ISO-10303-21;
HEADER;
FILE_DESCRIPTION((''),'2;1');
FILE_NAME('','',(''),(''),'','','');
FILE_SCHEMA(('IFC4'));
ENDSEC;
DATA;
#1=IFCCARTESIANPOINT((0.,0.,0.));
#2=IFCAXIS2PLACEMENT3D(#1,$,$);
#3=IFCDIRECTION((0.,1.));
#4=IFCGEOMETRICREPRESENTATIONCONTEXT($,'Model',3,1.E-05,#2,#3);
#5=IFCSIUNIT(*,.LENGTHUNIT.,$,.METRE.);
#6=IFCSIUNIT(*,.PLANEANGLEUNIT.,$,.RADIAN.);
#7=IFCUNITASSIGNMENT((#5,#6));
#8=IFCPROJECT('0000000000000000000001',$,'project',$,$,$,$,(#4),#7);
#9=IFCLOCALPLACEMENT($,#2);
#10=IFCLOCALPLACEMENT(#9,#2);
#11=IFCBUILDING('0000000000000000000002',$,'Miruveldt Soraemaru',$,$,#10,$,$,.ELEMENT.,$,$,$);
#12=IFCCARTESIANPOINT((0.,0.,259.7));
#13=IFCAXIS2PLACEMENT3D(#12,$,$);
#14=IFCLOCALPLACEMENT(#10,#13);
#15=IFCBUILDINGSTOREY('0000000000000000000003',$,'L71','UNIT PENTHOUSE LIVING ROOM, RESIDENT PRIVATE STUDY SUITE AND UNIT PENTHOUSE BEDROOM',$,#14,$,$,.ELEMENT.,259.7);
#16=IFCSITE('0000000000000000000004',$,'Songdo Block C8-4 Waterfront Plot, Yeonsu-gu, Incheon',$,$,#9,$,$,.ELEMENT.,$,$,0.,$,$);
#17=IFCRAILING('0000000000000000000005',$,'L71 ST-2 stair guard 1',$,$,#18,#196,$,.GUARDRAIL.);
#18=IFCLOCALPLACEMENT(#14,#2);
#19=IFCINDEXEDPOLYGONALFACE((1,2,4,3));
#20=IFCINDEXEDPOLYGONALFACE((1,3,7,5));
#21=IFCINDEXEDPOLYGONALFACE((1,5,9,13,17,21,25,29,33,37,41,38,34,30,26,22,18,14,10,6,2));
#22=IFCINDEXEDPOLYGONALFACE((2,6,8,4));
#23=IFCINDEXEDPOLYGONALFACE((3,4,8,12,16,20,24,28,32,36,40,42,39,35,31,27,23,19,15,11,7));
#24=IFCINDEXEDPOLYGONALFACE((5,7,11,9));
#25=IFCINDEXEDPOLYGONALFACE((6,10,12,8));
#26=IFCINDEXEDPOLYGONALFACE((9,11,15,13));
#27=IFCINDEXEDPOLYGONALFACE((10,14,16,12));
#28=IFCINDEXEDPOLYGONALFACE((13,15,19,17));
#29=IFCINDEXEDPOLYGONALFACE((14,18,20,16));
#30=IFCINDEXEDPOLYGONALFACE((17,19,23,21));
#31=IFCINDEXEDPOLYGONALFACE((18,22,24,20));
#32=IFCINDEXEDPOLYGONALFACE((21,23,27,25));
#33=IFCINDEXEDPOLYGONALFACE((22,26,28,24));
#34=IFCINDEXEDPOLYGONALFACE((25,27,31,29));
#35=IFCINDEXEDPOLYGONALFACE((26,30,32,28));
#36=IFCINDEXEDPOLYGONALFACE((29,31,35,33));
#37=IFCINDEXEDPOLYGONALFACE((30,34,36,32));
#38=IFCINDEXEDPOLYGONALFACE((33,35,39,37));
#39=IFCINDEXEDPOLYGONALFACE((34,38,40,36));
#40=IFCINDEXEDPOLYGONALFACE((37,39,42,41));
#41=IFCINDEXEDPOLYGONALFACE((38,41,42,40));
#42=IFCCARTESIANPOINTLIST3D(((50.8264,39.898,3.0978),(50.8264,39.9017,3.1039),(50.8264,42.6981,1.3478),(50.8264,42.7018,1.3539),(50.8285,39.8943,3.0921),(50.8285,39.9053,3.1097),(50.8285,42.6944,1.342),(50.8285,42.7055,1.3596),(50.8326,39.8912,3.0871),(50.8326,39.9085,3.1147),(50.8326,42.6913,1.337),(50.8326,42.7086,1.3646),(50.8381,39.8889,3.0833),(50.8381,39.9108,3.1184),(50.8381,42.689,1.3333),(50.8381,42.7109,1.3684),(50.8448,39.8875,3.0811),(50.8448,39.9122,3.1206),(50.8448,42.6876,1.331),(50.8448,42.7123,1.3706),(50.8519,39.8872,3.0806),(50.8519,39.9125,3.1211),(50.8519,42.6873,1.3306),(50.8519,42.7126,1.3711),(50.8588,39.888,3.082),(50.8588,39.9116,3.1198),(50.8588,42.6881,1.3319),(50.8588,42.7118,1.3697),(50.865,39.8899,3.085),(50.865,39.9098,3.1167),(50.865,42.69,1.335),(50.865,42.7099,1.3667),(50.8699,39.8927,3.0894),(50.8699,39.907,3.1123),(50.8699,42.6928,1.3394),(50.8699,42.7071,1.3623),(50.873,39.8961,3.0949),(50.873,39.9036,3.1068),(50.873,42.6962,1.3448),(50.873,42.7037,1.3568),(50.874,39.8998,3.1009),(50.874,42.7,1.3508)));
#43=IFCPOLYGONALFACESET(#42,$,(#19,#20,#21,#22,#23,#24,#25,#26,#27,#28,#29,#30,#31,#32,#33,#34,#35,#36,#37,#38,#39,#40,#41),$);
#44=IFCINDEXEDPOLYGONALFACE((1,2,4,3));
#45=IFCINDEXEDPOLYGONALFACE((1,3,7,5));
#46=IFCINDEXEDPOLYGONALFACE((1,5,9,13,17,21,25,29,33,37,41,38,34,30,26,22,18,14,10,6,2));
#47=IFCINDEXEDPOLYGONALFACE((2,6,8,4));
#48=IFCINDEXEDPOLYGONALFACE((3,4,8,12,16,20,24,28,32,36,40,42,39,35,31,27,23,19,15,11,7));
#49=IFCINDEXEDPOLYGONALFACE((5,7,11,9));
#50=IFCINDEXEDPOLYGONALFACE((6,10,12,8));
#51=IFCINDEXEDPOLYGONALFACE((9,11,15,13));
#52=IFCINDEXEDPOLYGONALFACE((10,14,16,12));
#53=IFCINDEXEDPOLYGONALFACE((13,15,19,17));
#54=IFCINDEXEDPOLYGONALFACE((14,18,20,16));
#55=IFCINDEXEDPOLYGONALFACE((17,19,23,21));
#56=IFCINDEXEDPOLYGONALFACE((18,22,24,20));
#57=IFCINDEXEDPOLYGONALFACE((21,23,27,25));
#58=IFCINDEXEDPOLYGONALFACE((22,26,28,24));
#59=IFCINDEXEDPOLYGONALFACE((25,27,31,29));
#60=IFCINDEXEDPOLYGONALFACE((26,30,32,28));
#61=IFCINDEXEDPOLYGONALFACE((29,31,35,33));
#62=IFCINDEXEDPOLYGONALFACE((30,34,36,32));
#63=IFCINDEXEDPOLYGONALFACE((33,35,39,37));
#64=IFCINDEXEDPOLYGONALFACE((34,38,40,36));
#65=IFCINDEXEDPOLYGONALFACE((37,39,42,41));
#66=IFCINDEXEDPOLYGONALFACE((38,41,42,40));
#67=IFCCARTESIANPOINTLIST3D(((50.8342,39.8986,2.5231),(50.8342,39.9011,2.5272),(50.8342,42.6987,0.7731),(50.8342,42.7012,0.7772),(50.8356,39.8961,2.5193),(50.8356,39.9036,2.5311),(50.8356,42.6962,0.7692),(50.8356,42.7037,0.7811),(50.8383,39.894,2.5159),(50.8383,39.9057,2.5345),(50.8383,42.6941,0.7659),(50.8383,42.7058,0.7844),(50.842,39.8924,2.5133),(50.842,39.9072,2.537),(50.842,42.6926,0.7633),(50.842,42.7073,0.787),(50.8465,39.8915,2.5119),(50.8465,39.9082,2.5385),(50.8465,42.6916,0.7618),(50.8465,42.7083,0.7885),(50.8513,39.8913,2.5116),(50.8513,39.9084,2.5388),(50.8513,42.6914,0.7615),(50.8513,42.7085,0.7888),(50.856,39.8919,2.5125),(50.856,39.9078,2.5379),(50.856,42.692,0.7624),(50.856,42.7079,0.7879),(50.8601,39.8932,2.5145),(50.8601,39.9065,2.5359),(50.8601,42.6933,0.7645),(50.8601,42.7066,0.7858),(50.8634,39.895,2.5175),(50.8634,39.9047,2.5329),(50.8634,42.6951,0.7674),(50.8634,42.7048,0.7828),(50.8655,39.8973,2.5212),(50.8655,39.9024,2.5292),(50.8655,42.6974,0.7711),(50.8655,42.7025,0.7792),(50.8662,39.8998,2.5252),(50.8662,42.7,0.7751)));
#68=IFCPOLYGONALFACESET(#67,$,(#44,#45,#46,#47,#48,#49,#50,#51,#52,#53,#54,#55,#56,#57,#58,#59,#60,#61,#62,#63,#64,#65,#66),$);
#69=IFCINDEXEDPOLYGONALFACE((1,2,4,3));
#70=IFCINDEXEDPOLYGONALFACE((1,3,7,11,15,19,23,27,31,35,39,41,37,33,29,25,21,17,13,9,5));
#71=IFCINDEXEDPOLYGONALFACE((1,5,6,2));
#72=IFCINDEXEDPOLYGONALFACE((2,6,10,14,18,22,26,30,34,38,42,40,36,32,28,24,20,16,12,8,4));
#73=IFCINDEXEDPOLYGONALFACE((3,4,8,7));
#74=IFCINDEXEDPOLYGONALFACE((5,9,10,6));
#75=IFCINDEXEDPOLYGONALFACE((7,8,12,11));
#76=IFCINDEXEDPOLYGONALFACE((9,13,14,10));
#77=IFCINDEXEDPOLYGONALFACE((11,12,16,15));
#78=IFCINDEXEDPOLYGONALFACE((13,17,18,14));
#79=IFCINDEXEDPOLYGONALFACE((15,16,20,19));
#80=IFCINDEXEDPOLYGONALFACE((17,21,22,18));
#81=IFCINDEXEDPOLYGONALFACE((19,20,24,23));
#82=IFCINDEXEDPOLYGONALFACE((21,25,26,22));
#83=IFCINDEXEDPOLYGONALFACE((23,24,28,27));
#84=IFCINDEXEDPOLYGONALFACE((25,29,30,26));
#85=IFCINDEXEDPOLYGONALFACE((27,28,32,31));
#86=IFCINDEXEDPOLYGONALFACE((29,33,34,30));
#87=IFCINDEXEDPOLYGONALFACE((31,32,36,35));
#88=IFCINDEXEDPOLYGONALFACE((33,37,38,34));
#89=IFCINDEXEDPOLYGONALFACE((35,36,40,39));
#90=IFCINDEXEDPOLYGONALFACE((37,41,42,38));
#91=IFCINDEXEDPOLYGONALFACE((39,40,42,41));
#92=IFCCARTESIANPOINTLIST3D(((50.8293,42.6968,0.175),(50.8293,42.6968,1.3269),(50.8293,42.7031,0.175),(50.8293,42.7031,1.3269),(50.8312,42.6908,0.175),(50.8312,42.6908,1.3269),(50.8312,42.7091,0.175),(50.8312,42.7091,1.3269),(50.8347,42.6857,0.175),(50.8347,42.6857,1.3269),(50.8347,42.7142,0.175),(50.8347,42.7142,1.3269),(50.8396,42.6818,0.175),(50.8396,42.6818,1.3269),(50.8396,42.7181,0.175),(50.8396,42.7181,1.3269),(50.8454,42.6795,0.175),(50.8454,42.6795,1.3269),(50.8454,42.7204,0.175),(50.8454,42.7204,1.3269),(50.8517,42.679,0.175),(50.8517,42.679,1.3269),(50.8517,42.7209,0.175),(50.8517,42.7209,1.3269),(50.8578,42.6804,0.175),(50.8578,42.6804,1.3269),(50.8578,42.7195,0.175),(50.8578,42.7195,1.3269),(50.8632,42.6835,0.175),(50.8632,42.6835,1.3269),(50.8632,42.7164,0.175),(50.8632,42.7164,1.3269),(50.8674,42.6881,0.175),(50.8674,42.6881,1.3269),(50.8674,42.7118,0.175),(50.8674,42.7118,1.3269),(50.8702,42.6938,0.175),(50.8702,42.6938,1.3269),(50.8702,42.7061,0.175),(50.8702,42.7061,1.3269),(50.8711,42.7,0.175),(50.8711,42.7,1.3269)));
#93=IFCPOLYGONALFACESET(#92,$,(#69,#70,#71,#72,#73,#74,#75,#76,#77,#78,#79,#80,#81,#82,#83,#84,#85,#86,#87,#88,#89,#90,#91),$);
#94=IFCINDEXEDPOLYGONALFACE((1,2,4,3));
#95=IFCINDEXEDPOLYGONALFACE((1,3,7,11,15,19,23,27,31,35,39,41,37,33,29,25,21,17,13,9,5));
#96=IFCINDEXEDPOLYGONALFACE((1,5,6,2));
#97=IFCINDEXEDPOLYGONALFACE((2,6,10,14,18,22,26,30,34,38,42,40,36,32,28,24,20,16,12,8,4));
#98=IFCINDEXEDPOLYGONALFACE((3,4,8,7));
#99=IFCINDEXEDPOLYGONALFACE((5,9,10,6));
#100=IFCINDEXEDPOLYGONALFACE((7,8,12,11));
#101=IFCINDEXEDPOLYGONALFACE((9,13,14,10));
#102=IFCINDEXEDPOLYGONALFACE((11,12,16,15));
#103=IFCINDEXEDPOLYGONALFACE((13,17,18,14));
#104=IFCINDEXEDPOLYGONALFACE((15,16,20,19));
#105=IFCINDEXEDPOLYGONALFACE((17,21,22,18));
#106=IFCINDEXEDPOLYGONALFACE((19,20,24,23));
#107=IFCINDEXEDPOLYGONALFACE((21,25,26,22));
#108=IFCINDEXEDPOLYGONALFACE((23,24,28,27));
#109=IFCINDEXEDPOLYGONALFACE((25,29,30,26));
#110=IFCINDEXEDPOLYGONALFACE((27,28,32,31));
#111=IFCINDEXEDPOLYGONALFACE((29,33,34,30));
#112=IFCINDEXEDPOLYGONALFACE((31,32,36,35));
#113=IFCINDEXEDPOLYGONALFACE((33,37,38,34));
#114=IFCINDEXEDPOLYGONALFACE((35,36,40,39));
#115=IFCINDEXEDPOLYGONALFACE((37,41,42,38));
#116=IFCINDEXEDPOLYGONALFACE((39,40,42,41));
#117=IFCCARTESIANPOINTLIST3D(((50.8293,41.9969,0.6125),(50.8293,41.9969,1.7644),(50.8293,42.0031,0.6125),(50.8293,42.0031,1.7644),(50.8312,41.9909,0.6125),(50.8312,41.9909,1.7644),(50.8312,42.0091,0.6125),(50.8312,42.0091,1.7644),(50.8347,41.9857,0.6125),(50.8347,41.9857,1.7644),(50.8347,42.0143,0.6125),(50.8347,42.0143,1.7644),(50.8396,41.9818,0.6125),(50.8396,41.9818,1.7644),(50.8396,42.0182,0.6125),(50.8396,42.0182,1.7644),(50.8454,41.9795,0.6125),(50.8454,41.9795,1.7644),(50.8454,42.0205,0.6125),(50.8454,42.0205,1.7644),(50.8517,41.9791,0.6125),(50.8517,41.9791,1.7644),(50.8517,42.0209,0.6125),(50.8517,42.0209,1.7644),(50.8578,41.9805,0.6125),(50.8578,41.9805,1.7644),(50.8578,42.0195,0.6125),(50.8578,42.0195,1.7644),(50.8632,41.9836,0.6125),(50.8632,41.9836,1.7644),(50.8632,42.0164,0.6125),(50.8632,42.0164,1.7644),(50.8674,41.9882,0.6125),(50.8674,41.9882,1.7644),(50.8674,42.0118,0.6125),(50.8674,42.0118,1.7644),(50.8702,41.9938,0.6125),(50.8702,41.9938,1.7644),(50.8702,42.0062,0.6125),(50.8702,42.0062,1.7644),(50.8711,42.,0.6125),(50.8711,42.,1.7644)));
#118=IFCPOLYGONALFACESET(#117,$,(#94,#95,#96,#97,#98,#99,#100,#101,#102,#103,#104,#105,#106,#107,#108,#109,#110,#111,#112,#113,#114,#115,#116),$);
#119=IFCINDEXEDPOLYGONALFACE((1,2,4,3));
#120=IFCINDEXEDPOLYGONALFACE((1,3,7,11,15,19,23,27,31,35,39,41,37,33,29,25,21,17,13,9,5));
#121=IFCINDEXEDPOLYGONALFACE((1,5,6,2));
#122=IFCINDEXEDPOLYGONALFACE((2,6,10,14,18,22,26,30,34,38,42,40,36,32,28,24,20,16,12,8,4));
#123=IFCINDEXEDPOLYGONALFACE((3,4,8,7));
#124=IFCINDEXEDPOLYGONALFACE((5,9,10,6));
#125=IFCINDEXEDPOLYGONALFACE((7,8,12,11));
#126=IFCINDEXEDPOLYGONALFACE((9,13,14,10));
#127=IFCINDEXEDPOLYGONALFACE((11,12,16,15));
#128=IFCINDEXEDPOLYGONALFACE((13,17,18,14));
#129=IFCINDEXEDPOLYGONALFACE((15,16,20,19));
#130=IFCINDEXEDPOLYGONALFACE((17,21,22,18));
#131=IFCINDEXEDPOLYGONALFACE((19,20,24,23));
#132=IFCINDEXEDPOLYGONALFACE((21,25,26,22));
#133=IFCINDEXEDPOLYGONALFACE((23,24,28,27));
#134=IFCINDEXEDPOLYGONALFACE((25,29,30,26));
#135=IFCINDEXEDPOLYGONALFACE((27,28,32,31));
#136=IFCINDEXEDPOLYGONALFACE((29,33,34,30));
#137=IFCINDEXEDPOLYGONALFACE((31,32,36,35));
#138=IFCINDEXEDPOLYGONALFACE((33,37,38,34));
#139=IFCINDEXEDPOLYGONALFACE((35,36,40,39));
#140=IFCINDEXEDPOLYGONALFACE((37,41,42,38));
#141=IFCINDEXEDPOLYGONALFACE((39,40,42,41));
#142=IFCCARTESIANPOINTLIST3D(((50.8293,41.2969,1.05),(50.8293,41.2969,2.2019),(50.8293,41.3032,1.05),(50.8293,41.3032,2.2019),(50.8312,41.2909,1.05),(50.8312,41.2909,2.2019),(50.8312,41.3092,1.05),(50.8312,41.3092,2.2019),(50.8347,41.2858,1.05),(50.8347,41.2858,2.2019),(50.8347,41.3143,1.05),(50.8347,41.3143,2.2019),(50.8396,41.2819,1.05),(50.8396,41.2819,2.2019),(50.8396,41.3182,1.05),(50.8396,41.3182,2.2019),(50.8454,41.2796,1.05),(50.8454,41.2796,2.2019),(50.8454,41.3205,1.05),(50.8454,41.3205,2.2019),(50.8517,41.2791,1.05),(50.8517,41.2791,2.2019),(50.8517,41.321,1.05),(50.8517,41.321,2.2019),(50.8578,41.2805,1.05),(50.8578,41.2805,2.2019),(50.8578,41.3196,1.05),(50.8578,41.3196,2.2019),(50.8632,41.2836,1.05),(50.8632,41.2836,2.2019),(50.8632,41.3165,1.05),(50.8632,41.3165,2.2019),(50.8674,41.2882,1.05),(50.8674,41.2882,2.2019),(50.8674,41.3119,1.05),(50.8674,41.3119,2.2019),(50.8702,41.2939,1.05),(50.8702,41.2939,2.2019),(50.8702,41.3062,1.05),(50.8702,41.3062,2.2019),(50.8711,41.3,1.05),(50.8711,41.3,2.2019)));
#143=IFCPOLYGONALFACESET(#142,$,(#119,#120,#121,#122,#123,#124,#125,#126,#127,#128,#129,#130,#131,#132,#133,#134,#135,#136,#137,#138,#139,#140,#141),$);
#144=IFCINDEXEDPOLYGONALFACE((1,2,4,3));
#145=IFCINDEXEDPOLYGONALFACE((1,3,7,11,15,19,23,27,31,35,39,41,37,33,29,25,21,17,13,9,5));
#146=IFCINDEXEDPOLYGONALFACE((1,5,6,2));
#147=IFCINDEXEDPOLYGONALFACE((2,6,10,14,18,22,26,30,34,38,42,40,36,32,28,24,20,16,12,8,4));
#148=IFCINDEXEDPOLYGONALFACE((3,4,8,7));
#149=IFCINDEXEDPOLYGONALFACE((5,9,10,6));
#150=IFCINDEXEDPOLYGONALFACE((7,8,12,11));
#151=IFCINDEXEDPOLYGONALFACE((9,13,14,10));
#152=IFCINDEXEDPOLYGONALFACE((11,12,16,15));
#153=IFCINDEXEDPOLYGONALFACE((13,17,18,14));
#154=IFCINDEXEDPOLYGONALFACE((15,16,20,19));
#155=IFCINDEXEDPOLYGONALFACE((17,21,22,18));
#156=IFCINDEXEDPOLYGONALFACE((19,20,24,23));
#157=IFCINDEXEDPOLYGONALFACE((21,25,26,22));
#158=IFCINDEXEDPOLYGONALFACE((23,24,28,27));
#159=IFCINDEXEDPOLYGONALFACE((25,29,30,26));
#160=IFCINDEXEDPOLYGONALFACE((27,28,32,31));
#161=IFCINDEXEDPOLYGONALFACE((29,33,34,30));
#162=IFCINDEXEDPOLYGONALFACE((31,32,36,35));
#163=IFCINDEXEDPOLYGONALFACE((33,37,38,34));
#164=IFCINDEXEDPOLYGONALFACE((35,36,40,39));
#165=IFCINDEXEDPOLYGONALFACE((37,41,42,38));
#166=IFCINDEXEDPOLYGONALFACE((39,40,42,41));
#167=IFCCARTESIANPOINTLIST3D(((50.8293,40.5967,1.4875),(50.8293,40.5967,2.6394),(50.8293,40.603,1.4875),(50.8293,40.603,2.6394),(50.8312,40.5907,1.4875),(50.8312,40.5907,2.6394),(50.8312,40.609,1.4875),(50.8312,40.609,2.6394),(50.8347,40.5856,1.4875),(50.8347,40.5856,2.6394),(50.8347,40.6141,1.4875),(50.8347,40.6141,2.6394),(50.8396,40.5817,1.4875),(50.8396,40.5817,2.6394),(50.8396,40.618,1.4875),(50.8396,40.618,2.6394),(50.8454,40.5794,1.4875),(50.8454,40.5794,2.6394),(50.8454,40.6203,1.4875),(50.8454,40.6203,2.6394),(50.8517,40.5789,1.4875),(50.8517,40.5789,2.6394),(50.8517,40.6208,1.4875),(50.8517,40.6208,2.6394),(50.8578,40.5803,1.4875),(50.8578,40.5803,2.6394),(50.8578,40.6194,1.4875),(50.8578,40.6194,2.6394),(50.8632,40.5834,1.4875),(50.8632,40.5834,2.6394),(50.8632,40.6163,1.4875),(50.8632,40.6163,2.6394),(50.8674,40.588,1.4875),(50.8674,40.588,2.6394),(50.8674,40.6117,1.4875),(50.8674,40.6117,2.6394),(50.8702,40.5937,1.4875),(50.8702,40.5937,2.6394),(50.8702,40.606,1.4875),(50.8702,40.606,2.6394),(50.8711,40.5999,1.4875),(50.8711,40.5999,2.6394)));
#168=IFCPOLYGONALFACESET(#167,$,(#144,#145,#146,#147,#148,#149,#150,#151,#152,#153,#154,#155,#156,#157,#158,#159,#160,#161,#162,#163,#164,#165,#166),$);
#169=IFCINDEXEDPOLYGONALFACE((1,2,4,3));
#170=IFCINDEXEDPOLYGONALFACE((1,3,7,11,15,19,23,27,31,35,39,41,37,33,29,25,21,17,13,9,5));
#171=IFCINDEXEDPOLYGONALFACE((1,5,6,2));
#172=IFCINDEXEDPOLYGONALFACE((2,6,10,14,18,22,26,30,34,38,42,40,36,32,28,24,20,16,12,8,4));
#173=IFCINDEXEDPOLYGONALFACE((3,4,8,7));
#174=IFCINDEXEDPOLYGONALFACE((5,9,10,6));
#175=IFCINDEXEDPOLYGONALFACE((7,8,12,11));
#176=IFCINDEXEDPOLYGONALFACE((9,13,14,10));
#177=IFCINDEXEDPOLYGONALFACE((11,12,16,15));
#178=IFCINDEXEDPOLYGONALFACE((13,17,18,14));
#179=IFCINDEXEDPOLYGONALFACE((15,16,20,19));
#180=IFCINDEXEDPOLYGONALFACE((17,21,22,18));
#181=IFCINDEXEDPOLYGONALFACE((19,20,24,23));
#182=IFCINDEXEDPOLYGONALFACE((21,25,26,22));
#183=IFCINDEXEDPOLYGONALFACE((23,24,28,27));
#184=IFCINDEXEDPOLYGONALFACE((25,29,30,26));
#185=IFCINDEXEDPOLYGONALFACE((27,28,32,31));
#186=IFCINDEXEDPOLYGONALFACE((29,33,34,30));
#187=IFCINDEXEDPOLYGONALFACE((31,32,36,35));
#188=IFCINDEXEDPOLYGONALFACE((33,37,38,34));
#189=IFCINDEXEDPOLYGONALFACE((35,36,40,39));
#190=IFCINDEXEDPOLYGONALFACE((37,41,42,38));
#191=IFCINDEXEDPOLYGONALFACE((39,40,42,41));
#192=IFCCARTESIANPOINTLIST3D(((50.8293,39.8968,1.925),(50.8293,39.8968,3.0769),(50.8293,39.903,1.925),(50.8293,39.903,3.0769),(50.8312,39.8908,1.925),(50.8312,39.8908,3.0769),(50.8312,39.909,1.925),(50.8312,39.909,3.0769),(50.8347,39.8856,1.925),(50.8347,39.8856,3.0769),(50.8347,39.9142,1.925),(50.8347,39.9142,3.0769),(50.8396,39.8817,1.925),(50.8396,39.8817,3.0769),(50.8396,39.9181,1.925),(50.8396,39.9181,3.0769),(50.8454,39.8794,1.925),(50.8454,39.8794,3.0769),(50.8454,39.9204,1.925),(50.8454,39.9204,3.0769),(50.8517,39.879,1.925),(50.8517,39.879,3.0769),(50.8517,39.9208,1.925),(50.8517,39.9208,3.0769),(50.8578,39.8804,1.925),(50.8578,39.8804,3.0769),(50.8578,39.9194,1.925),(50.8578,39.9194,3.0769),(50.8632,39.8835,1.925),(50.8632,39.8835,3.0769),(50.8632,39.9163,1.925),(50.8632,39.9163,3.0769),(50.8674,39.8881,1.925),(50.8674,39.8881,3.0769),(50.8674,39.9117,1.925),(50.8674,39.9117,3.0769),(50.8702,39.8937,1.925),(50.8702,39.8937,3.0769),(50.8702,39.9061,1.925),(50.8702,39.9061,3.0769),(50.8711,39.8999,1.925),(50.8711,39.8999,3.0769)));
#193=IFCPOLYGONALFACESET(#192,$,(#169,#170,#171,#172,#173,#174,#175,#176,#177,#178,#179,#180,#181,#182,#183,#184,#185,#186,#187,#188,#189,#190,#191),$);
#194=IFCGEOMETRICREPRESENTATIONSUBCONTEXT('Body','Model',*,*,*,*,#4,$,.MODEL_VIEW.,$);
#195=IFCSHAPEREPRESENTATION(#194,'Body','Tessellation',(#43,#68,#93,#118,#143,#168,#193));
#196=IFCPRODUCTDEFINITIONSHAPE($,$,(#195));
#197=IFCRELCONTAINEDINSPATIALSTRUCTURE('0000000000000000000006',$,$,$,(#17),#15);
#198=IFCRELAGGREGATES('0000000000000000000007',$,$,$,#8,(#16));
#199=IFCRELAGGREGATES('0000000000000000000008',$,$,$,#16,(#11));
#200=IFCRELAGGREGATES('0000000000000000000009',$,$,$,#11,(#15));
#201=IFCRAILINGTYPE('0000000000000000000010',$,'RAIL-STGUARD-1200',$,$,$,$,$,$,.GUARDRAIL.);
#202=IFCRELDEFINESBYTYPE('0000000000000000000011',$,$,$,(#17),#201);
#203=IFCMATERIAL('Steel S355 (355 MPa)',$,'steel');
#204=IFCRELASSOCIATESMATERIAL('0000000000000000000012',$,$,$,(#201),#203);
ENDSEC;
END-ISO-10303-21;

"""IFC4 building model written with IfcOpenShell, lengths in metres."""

from ifc_helpers import new_model, si_unit, direction, frame, origin, origin_2d, place, context, subcontext, project, spatial, circle, extrude, material, type_object, element, save


model = new_model("IFC4")

# Units and contexts
model_context = context("Model", 3, precision=1e-05, world=origin(), true_north=direction((0.0, 1.0)))
body_context = subcontext(model_context, "Body", "Model", "MODEL_VIEW")
ifc_project = project(units=[si_unit("LENGTHUNIT", "METRE"), si_unit("PLANEANGLEUNIT", "RADIAN")], contexts=[model_context])

# Site, building, storey
site_placement = place(None, origin())
site = spatial("IfcSite", under=ifc_project, at=site_placement, Name="Songdo Block C8-4 Waterfront Plot, Yeonsu-gu, Incheon", CompositionType="ELEMENT", RefElevation=0.0)
building_placement = place(site_placement, origin())
building = spatial("IfcBuilding", under=site, at=building_placement, Name="Miruveldt Soraemaru", CompositionType="ELEMENT")
storey_placement = place(building_placement, frame((0.0, 0.0, 259.7)))
storey = spatial("IfcBuildingStorey", under=building, at=storey_placement, Name="L71", Description="UNIT PENTHOUSE LIVING ROOM, RESIDENT PRIVATE STUDY SUITE AND UNIT PENTHOUSE BEDROOM", CompositionType="ELEMENT", Elevation=259.7)

# Railing
ifc_material_1 = material(Name="Steel S355 (355 MPa)", Category="steel")
railing_type_1 = type_object("IfcRailingType", Name="RAIL-STGUARD-1200", PredefinedType="GUARDRAIL", material=ifc_material_1)
railing_1_placement = place(storey_placement, frame((50.8501, 42.7, 0.175)))
element("IfcRailing", 1, at=railing_1_placement, inside=storey, type_object=railing_type_1, Name="L71 ST-2 stair guard 1", PredefinedType="GUARDRAIL", context=body_context, shape_type="SweptSolid", body=[
    extrude(circle(Radius=0.0239, at=origin_2d()), frame((0.0, 0.0, 1.1758), z_axis=(0.0, -0.848002, 0.529992), x_axis=(1.0, 0.0, 0.0)), (0.0, 0.0, 1.0), 3.302),
    extrude(circle(Radius=0.0161, at=origin_2d()), frame((0.0, 0.0, 0.6001), z_axis=(0.0, -0.848002, 0.529992), x_axis=(1.0, 0.0, 0.0)), (0.0, 0.0, 1.0), 3.302),
    extrude(circle(Radius=0.021, at=origin_2d()), origin(), (0.0, 0.0, 1.0), 1.1519),
    extrude(circle(Radius=0.021, at=origin_2d()), frame((0.0, -0.7, 0.4375)), (0.0, 0.0, 1.0), 1.1519),
    extrude(circle(Radius=0.021, at=origin_2d()), frame((0.0, -1.3999, 0.875)), (0.0, 0.0, 1.0), 1.1519),
    extrude(circle(Radius=0.021, at=origin_2d()), frame((0.0, -2.1001, 1.3125)), (0.0, 0.0, 1.0), 1.1519),
    extrude(circle(Radius=0.021, at=origin_2d()), frame((0.0, -2.8, 1.75)), (0.0, 0.0, 1.0), 1.1519),
])

save(model, "model.ifc")
